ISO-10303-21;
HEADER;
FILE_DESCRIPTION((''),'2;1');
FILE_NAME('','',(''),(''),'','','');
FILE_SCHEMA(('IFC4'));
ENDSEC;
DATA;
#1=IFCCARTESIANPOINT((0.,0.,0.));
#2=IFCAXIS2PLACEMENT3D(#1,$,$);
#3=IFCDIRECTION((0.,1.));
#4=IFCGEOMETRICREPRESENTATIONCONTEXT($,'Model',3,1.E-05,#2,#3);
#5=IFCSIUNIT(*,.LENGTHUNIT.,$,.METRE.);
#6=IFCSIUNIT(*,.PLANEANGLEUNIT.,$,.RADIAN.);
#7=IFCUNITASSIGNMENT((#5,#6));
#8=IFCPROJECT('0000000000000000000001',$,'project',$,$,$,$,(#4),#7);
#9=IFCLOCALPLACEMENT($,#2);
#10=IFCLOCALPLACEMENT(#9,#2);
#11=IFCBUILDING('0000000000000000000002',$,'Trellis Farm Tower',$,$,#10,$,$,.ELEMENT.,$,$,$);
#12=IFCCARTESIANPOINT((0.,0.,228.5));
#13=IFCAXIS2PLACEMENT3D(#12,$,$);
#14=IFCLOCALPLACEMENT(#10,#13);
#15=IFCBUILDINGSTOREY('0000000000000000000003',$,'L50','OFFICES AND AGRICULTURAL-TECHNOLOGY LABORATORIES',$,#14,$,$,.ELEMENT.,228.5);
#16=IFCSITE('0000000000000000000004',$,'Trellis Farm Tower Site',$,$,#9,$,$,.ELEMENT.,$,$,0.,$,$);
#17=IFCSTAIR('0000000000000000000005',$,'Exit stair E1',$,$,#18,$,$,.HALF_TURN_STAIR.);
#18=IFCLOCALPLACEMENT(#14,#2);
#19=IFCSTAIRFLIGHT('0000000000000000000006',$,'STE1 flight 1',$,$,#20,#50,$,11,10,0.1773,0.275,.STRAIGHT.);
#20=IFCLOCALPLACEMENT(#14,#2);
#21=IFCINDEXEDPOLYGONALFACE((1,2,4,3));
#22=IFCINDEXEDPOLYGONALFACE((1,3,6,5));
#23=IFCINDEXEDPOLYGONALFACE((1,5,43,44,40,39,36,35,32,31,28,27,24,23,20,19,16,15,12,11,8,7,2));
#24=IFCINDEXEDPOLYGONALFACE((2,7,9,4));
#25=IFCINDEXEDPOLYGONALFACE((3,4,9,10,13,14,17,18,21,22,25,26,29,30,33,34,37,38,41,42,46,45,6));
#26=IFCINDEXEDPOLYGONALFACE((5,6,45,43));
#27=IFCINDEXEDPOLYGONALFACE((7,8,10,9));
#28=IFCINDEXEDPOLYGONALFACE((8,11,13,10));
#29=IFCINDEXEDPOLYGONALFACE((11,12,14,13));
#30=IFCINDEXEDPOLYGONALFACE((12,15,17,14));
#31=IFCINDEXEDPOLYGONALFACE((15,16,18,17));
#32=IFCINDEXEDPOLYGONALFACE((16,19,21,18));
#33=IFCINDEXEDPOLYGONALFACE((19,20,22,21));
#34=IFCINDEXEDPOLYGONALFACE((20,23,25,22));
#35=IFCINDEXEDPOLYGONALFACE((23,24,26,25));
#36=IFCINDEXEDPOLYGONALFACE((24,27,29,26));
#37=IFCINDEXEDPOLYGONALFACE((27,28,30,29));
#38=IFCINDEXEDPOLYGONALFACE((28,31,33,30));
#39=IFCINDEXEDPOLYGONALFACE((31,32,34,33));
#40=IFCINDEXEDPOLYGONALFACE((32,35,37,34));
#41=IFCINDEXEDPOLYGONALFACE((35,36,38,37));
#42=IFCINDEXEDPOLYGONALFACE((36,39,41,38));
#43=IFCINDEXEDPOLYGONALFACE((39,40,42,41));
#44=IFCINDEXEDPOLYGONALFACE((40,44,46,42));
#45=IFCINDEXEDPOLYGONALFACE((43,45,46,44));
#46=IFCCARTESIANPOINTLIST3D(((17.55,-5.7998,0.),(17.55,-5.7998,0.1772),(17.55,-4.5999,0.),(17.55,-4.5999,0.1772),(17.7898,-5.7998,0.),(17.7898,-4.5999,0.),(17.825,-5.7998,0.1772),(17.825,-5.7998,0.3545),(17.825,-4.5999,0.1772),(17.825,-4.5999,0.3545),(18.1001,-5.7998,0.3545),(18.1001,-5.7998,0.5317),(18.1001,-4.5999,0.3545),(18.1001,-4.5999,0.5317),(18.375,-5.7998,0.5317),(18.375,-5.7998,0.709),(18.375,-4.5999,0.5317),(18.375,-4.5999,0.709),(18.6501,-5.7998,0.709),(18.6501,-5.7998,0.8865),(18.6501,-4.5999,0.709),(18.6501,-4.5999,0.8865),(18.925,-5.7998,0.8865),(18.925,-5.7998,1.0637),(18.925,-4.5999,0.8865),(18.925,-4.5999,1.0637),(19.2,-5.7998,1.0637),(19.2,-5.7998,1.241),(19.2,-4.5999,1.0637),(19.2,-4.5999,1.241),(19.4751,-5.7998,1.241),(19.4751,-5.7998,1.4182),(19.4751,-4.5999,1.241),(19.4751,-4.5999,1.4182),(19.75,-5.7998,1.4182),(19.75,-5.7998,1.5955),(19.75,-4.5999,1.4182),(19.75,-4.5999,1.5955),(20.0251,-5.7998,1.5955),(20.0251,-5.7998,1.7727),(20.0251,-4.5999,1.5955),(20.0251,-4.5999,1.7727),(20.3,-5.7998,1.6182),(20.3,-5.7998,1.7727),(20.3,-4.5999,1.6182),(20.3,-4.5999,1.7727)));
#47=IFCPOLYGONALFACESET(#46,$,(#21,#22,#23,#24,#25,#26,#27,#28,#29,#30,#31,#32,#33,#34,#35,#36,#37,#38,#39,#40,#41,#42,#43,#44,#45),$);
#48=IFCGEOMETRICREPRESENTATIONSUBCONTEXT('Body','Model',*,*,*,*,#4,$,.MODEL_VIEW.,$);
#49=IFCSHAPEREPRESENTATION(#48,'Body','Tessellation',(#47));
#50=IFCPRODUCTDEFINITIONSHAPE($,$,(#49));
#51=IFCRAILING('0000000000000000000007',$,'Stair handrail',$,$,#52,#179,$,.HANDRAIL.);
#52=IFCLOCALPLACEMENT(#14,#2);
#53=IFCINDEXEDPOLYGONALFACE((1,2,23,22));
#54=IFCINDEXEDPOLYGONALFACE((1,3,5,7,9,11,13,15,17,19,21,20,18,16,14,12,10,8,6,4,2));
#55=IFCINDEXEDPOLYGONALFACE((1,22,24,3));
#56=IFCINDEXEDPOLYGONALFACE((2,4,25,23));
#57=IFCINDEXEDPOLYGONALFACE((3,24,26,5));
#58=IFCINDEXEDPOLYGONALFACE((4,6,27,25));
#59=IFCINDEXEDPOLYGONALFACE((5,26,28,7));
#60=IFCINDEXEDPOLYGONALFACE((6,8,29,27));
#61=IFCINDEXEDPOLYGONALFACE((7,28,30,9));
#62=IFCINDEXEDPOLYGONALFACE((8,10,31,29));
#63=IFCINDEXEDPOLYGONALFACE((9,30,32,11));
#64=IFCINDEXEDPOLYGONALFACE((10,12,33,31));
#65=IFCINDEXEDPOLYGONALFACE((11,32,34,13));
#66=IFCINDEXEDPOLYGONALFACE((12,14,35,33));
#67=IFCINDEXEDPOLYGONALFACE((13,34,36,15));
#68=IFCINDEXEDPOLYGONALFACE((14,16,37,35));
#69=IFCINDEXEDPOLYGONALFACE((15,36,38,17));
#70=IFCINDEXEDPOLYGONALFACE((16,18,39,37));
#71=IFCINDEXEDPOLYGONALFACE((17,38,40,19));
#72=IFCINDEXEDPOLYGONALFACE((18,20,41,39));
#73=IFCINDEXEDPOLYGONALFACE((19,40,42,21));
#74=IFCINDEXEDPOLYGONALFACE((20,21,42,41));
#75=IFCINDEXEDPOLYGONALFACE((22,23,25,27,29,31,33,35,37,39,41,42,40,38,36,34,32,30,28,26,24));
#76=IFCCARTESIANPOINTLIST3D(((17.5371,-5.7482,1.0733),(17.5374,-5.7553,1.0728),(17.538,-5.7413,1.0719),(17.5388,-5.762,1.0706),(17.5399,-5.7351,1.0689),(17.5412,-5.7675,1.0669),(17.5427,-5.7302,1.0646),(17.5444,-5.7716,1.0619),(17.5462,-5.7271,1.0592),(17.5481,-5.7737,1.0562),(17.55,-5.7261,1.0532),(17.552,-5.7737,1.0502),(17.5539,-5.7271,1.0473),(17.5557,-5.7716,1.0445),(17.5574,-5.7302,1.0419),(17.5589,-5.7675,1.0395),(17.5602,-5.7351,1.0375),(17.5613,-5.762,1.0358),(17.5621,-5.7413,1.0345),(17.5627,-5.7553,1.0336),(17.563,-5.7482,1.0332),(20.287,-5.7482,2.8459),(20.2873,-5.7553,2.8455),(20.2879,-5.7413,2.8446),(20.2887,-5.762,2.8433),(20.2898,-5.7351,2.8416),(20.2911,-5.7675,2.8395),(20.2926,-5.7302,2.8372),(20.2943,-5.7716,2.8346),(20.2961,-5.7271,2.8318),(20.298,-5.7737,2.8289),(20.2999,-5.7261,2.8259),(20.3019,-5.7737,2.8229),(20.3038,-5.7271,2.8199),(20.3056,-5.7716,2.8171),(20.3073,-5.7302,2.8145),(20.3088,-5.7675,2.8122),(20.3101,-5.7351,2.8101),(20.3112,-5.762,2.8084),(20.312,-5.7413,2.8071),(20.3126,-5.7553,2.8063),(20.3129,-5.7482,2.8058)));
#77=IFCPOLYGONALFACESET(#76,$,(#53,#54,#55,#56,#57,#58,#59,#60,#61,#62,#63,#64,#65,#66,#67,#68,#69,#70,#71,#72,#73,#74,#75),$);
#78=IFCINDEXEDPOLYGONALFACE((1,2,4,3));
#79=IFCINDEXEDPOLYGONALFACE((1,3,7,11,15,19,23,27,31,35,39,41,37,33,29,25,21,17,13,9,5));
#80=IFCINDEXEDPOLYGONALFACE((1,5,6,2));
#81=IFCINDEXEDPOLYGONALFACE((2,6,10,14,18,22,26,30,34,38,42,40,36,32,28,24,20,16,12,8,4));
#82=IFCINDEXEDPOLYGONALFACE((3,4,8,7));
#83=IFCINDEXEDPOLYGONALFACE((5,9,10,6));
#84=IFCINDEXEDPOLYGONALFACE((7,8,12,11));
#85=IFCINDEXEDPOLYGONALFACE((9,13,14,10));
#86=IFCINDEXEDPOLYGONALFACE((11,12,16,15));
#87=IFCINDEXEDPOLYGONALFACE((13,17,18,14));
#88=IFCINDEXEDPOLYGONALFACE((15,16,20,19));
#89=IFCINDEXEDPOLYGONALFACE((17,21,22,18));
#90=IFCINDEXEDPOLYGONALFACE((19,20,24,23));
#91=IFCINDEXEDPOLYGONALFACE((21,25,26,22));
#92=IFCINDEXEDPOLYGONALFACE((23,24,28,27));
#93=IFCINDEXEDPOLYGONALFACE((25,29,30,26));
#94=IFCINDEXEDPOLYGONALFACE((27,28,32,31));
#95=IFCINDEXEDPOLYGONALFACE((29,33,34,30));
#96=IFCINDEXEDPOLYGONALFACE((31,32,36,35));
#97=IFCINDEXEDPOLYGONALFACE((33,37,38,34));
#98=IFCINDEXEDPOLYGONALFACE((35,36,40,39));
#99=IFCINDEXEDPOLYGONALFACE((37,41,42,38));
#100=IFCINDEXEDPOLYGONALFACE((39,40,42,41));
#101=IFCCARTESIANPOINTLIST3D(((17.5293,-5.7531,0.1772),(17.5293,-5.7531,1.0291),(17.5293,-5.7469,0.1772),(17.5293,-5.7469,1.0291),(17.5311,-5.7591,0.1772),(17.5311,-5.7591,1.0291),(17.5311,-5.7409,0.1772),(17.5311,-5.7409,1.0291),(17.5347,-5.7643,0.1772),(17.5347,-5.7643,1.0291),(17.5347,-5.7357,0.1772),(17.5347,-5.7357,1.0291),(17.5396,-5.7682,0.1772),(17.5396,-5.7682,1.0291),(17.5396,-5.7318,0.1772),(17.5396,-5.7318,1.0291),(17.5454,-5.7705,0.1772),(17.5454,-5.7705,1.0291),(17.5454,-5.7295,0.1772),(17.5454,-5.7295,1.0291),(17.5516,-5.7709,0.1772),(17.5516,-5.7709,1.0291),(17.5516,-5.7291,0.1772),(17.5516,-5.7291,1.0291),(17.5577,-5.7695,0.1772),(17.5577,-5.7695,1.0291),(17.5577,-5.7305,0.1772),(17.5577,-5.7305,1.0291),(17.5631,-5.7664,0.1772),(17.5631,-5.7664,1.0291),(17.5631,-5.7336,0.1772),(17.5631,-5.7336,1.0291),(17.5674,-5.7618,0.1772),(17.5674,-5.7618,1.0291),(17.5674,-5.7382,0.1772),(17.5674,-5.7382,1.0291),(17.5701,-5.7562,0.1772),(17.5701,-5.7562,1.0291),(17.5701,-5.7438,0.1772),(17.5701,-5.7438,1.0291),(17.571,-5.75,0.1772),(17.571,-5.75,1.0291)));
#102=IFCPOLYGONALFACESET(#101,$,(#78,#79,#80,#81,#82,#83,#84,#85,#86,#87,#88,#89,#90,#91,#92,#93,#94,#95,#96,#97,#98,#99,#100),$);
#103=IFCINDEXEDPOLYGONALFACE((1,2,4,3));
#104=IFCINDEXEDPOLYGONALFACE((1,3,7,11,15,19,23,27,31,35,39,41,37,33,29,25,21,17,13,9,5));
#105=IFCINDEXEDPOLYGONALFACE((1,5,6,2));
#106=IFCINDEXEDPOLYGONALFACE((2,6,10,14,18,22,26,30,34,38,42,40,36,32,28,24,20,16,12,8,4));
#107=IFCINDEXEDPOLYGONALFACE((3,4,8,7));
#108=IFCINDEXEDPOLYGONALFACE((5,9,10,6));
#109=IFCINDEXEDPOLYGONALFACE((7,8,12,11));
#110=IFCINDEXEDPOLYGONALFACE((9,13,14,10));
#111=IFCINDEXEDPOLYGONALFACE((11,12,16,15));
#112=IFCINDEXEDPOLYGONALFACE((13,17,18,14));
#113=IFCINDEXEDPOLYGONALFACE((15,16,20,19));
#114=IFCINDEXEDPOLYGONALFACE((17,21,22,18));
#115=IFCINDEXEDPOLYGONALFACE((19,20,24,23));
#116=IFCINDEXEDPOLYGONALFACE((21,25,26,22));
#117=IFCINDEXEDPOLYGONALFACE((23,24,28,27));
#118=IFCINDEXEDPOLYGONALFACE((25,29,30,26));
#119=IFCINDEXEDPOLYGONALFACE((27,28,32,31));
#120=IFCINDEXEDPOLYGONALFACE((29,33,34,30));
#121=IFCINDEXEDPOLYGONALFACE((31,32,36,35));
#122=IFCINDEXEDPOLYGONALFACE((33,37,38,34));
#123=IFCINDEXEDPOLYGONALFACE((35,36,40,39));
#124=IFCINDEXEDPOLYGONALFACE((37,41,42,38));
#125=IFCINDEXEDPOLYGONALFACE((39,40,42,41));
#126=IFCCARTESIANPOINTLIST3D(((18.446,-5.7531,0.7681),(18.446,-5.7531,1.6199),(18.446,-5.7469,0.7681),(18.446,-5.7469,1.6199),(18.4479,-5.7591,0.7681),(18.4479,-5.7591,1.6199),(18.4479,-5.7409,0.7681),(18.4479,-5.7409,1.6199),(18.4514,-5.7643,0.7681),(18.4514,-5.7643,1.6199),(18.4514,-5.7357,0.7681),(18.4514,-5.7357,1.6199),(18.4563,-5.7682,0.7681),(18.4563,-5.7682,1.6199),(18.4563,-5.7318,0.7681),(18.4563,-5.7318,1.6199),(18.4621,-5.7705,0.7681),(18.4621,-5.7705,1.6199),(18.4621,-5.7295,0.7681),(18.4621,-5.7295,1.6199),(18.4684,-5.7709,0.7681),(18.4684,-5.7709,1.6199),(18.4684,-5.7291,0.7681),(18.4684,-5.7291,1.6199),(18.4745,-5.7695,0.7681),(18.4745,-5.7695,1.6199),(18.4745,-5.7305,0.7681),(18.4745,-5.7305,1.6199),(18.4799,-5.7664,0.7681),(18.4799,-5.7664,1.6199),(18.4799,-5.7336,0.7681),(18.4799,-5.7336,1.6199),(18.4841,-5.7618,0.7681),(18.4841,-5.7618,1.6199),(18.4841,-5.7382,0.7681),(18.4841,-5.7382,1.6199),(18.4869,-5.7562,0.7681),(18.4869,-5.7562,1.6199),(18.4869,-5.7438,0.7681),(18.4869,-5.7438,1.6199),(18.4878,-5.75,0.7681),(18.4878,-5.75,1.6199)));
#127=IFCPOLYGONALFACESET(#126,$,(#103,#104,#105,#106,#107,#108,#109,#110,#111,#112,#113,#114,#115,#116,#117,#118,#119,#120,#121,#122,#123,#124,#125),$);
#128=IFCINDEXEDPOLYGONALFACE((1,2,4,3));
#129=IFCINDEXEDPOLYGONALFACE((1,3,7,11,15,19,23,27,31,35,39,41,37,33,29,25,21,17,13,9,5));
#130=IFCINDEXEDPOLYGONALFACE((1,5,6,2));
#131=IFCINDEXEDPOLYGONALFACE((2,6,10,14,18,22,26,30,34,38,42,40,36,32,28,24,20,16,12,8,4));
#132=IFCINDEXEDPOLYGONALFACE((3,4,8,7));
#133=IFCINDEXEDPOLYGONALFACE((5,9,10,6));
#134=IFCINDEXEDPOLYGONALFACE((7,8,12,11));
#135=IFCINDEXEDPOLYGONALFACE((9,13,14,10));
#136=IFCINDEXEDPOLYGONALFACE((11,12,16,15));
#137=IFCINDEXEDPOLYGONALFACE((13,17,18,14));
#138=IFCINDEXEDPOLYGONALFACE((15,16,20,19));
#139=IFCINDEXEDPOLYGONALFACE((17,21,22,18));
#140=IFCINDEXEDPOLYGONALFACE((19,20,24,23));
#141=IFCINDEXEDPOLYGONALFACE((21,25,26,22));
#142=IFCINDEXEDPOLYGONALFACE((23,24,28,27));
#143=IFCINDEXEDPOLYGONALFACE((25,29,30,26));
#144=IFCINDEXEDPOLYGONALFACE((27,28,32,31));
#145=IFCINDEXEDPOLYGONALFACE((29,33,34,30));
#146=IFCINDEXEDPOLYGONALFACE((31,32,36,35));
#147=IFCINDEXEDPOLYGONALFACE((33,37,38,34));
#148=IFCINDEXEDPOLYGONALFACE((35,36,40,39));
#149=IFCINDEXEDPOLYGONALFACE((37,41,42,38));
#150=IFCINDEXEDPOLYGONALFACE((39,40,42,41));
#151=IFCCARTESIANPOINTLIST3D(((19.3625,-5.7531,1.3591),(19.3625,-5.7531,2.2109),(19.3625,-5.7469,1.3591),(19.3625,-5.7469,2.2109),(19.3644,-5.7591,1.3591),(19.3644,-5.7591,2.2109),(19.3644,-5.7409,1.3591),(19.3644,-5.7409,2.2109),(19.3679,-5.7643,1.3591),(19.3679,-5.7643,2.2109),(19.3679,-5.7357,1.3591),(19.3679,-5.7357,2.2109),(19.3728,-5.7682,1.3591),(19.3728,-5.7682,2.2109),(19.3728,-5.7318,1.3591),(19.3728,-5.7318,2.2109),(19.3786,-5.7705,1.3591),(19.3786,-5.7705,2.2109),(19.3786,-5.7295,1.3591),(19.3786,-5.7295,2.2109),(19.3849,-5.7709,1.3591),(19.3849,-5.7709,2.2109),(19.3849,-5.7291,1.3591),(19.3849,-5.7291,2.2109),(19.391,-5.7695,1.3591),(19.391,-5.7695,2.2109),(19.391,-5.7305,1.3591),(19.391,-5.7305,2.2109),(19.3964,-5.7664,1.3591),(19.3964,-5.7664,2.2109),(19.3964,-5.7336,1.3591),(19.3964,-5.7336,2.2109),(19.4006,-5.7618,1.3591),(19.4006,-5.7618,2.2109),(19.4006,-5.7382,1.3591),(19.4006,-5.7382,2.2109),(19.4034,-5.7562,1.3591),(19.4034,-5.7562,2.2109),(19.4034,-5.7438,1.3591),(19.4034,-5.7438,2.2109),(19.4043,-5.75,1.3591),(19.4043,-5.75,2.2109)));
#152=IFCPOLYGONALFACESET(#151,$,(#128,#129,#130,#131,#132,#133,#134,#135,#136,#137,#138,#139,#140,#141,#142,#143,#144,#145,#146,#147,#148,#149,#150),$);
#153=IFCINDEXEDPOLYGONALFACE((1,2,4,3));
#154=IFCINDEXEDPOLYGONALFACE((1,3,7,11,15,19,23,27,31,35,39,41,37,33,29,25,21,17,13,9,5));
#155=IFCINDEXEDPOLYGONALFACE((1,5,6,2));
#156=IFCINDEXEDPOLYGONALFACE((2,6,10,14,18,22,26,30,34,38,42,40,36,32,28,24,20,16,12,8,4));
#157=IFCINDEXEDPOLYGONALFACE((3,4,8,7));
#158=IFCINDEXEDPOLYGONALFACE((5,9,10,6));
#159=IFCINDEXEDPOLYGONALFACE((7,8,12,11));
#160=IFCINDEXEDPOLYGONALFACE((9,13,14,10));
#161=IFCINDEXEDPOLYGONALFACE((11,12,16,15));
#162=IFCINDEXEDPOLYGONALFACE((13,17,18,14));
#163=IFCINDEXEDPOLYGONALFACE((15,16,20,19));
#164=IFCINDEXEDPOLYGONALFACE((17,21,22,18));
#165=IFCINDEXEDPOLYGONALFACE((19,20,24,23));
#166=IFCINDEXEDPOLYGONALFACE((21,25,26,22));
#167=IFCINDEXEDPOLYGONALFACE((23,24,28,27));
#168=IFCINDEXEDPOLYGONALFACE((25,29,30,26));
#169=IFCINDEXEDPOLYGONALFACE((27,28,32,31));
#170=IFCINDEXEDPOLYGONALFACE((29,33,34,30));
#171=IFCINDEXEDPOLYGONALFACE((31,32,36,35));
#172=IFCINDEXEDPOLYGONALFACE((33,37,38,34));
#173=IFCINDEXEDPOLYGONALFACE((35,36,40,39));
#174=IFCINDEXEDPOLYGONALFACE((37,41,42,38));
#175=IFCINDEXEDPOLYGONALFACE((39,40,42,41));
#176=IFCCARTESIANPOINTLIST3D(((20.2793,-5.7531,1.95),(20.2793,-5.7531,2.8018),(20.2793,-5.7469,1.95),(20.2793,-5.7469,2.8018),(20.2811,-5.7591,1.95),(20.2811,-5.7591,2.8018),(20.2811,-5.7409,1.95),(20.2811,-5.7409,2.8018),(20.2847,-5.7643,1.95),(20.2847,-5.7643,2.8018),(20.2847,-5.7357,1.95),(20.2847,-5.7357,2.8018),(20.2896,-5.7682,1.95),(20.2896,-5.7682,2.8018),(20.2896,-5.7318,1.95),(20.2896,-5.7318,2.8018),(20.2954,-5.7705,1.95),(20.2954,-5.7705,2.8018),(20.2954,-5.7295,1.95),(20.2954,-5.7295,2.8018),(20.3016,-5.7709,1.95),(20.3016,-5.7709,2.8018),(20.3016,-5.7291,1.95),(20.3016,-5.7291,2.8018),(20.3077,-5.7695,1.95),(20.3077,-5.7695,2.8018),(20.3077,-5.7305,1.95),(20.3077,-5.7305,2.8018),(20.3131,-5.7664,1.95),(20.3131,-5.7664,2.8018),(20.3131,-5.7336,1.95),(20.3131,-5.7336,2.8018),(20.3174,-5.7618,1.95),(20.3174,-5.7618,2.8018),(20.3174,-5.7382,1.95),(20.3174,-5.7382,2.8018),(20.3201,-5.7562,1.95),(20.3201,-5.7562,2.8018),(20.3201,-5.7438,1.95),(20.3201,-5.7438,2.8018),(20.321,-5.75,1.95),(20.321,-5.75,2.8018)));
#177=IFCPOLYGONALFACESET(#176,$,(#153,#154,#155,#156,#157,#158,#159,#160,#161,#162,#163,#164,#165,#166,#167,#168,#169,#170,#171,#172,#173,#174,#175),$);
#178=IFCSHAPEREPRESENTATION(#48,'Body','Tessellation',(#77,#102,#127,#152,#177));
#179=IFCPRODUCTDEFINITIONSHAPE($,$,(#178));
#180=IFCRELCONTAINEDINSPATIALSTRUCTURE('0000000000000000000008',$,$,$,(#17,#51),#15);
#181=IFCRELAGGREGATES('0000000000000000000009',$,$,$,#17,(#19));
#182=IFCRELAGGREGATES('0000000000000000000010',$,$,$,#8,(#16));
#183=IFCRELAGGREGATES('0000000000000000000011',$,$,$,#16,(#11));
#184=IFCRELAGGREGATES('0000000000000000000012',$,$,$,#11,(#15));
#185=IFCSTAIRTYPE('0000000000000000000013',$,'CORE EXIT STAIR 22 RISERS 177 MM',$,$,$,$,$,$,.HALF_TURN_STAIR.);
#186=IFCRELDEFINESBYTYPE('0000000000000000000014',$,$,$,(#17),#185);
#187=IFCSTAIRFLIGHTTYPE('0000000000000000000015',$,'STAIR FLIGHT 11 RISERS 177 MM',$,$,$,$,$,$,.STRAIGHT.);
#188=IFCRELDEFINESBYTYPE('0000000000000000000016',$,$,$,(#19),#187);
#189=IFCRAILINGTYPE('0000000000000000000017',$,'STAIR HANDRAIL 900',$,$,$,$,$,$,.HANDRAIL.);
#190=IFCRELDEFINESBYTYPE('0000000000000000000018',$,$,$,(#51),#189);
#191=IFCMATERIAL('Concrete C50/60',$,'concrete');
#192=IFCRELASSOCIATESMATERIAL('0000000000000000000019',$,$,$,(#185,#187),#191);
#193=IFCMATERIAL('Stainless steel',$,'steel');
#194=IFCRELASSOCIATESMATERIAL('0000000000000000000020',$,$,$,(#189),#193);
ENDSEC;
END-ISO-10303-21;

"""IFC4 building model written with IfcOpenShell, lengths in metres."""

from ifc_helpers import new_model, si_unit, direction, frame, origin, origin_2d, place, context, subcontext, project, spatial, polyline, circle, outline, extrude, source, transform, mapped, material, type_object, element, aggregate, save


model = new_model("IFC4")

# Units and contexts
model_context = context("Model", 3, precision=1e-05, world=origin(), true_north=direction((0.0, 1.0)))
body_context = subcontext(model_context, "Body", "Model", "MODEL_VIEW")
ifc_project = project(units=[si_unit("LENGTHUNIT", "METRE"), si_unit("PLANEANGLEUNIT", "RADIAN")], contexts=[model_context])

# Site, building, storey
site_placement = place(None, origin())
site = spatial("IfcSite", under=ifc_project, at=site_placement, Name="Trellis Farm Tower Site", CompositionType="ELEMENT", RefElevation=0.0)
building_placement = place(site_placement, origin())
building = spatial("IfcBuilding", under=site, at=building_placement, Name="Trellis Farm Tower", CompositionType="ELEMENT")
storey_placement = place(building_placement, frame((0.0, 0.0, 228.5)))
storey = spatial("IfcBuildingStorey", under=building, at=storey_placement, Name="L50", Description="OFFICES AND AGRICULTURAL-TECHNOLOGY LABORATORIES", CompositionType="ELEMENT", Elevation=228.5)

# Shared definitions
placement = place(storey_placement, origin())

# Stair, stair flight
ifc_material_1 = material(Name="Concrete C50/60", Category="concrete")
stair_type = type_object("IfcStairType", Name="CORE EXIT STAIR 22 RISERS 177 MM", PredefinedType="HALF_TURN_STAIR", material=ifc_material_1)
stair = element("IfcStair", 1, at=placement, inside=storey, type_object=stair_type, Name="Exit stair E1", PredefinedType="HALF_TURN_STAIR")
stair_flight_type = type_object("IfcStairFlightType", Name="STAIR FLIGHT 11 RISERS 177 MM", PredefinedType="STRAIGHT", material=ifc_material_1)
shared_shape_1 = source(origin(), body_context, "Body", "SweptSolid", [
    extrude(outline(polyline([(0.0, 0.0), (0.0, 0.1772), (0.2749, 0.1772), (0.2749, 0.3545), (0.55, 0.3545), (0.55, 0.5317), (0.825, 0.5317), (0.825, 0.709), (1.1001, 0.709), (1.1001, 0.8865), (1.375, 0.8865), (1.375, 1.0637), (1.6499, 1.0637), (1.6499, 1.241), (1.925, 1.241), (1.925, 1.4182), (2.2, 1.4182), (2.2, 1.5955), (2.4751, 1.5955), (2.4751, 1.7727), (2.75, 1.7727), (2.75, 1.95), (2.75, 1.6182), (0.2397, 0.0), (0.0, 0.0)])), frame((0.0, 0.6001, 0.0), z_axis=(0.0, -1.0, 0.0), x_axis=(1.0, 0.0, 0.0)), (0.0, 0.0, 1.0), 1.2),
])
stair_flight_placement = place(storey_placement, frame((17.55, -5.2, 0.0), z_axis=(0.0, 0.0, 1.0), x_axis=(1.0, 0.0, 0.0)))
stair_flight = element("IfcStairFlight", 2, at=stair_flight_placement, type_object=stair_flight_type, Name="STE1 flight 1", NumberOfRisers=11, NumberOfTreads=10, PredefinedType="STRAIGHT", RiserHeight=0.1773, TreadLength=0.275, context=body_context, shape_type="MappedRepresentation", body=[
    mapped(shared_shape_1, transform((0.0, 0.0, 0.0))),
])
aggregate(stair, [stair_flight])

# Railing
ifc_material_2 = material(Name="Stainless steel", Category="steel")
railing_type = type_object("IfcRailingType", Name="STAIR HANDRAIL 900", PredefinedType="HANDRAIL", material=ifc_material_2)
shared_shape_2 = source(origin(), body_context, "Body", "SweptSolid", [
    extrude(circle(Radius=0.0239, at=origin_2d()), frame((0.0, 0.0, 0.876), z_axis=(0.840504, 0.0, 0.541806), x_axis=(0.0, 1.0, 0.0)), (0.0, 0.0, 1.0), 3.2717),
    extrude(circle(Radius=0.021, at=origin_2d()), origin(), (0.0, 0.0, 1.0), 0.8518),
    extrude(circle(Radius=0.021, at=origin_2d()), frame((0.9167, 0.0, 0.5908)), (0.0, 0.0, 1.0), 0.8518),
    extrude(circle(Radius=0.021, at=origin_2d()), frame((1.8333, 0.0, 1.1819)), (0.0, 0.0, 1.0), 0.8518),
    extrude(circle(Radius=0.021, at=origin_2d()), frame((2.75, 0.0, 1.7727)), (0.0, 0.0, 1.0), 0.8518),
])
railing_placement = place(storey_placement, frame((17.55, -5.75, 0.1772)))
element("IfcRailing", 3, at=railing_placement, inside=storey, type_object=railing_type, Name="Stair handrail", PredefinedType="HANDRAIL", context=body_context, shape_type="MappedRepresentation", body=[
    mapped(shared_shape_2, transform((0.0, 0.0, 0.0))),
])

save(model, "model.ifc")
